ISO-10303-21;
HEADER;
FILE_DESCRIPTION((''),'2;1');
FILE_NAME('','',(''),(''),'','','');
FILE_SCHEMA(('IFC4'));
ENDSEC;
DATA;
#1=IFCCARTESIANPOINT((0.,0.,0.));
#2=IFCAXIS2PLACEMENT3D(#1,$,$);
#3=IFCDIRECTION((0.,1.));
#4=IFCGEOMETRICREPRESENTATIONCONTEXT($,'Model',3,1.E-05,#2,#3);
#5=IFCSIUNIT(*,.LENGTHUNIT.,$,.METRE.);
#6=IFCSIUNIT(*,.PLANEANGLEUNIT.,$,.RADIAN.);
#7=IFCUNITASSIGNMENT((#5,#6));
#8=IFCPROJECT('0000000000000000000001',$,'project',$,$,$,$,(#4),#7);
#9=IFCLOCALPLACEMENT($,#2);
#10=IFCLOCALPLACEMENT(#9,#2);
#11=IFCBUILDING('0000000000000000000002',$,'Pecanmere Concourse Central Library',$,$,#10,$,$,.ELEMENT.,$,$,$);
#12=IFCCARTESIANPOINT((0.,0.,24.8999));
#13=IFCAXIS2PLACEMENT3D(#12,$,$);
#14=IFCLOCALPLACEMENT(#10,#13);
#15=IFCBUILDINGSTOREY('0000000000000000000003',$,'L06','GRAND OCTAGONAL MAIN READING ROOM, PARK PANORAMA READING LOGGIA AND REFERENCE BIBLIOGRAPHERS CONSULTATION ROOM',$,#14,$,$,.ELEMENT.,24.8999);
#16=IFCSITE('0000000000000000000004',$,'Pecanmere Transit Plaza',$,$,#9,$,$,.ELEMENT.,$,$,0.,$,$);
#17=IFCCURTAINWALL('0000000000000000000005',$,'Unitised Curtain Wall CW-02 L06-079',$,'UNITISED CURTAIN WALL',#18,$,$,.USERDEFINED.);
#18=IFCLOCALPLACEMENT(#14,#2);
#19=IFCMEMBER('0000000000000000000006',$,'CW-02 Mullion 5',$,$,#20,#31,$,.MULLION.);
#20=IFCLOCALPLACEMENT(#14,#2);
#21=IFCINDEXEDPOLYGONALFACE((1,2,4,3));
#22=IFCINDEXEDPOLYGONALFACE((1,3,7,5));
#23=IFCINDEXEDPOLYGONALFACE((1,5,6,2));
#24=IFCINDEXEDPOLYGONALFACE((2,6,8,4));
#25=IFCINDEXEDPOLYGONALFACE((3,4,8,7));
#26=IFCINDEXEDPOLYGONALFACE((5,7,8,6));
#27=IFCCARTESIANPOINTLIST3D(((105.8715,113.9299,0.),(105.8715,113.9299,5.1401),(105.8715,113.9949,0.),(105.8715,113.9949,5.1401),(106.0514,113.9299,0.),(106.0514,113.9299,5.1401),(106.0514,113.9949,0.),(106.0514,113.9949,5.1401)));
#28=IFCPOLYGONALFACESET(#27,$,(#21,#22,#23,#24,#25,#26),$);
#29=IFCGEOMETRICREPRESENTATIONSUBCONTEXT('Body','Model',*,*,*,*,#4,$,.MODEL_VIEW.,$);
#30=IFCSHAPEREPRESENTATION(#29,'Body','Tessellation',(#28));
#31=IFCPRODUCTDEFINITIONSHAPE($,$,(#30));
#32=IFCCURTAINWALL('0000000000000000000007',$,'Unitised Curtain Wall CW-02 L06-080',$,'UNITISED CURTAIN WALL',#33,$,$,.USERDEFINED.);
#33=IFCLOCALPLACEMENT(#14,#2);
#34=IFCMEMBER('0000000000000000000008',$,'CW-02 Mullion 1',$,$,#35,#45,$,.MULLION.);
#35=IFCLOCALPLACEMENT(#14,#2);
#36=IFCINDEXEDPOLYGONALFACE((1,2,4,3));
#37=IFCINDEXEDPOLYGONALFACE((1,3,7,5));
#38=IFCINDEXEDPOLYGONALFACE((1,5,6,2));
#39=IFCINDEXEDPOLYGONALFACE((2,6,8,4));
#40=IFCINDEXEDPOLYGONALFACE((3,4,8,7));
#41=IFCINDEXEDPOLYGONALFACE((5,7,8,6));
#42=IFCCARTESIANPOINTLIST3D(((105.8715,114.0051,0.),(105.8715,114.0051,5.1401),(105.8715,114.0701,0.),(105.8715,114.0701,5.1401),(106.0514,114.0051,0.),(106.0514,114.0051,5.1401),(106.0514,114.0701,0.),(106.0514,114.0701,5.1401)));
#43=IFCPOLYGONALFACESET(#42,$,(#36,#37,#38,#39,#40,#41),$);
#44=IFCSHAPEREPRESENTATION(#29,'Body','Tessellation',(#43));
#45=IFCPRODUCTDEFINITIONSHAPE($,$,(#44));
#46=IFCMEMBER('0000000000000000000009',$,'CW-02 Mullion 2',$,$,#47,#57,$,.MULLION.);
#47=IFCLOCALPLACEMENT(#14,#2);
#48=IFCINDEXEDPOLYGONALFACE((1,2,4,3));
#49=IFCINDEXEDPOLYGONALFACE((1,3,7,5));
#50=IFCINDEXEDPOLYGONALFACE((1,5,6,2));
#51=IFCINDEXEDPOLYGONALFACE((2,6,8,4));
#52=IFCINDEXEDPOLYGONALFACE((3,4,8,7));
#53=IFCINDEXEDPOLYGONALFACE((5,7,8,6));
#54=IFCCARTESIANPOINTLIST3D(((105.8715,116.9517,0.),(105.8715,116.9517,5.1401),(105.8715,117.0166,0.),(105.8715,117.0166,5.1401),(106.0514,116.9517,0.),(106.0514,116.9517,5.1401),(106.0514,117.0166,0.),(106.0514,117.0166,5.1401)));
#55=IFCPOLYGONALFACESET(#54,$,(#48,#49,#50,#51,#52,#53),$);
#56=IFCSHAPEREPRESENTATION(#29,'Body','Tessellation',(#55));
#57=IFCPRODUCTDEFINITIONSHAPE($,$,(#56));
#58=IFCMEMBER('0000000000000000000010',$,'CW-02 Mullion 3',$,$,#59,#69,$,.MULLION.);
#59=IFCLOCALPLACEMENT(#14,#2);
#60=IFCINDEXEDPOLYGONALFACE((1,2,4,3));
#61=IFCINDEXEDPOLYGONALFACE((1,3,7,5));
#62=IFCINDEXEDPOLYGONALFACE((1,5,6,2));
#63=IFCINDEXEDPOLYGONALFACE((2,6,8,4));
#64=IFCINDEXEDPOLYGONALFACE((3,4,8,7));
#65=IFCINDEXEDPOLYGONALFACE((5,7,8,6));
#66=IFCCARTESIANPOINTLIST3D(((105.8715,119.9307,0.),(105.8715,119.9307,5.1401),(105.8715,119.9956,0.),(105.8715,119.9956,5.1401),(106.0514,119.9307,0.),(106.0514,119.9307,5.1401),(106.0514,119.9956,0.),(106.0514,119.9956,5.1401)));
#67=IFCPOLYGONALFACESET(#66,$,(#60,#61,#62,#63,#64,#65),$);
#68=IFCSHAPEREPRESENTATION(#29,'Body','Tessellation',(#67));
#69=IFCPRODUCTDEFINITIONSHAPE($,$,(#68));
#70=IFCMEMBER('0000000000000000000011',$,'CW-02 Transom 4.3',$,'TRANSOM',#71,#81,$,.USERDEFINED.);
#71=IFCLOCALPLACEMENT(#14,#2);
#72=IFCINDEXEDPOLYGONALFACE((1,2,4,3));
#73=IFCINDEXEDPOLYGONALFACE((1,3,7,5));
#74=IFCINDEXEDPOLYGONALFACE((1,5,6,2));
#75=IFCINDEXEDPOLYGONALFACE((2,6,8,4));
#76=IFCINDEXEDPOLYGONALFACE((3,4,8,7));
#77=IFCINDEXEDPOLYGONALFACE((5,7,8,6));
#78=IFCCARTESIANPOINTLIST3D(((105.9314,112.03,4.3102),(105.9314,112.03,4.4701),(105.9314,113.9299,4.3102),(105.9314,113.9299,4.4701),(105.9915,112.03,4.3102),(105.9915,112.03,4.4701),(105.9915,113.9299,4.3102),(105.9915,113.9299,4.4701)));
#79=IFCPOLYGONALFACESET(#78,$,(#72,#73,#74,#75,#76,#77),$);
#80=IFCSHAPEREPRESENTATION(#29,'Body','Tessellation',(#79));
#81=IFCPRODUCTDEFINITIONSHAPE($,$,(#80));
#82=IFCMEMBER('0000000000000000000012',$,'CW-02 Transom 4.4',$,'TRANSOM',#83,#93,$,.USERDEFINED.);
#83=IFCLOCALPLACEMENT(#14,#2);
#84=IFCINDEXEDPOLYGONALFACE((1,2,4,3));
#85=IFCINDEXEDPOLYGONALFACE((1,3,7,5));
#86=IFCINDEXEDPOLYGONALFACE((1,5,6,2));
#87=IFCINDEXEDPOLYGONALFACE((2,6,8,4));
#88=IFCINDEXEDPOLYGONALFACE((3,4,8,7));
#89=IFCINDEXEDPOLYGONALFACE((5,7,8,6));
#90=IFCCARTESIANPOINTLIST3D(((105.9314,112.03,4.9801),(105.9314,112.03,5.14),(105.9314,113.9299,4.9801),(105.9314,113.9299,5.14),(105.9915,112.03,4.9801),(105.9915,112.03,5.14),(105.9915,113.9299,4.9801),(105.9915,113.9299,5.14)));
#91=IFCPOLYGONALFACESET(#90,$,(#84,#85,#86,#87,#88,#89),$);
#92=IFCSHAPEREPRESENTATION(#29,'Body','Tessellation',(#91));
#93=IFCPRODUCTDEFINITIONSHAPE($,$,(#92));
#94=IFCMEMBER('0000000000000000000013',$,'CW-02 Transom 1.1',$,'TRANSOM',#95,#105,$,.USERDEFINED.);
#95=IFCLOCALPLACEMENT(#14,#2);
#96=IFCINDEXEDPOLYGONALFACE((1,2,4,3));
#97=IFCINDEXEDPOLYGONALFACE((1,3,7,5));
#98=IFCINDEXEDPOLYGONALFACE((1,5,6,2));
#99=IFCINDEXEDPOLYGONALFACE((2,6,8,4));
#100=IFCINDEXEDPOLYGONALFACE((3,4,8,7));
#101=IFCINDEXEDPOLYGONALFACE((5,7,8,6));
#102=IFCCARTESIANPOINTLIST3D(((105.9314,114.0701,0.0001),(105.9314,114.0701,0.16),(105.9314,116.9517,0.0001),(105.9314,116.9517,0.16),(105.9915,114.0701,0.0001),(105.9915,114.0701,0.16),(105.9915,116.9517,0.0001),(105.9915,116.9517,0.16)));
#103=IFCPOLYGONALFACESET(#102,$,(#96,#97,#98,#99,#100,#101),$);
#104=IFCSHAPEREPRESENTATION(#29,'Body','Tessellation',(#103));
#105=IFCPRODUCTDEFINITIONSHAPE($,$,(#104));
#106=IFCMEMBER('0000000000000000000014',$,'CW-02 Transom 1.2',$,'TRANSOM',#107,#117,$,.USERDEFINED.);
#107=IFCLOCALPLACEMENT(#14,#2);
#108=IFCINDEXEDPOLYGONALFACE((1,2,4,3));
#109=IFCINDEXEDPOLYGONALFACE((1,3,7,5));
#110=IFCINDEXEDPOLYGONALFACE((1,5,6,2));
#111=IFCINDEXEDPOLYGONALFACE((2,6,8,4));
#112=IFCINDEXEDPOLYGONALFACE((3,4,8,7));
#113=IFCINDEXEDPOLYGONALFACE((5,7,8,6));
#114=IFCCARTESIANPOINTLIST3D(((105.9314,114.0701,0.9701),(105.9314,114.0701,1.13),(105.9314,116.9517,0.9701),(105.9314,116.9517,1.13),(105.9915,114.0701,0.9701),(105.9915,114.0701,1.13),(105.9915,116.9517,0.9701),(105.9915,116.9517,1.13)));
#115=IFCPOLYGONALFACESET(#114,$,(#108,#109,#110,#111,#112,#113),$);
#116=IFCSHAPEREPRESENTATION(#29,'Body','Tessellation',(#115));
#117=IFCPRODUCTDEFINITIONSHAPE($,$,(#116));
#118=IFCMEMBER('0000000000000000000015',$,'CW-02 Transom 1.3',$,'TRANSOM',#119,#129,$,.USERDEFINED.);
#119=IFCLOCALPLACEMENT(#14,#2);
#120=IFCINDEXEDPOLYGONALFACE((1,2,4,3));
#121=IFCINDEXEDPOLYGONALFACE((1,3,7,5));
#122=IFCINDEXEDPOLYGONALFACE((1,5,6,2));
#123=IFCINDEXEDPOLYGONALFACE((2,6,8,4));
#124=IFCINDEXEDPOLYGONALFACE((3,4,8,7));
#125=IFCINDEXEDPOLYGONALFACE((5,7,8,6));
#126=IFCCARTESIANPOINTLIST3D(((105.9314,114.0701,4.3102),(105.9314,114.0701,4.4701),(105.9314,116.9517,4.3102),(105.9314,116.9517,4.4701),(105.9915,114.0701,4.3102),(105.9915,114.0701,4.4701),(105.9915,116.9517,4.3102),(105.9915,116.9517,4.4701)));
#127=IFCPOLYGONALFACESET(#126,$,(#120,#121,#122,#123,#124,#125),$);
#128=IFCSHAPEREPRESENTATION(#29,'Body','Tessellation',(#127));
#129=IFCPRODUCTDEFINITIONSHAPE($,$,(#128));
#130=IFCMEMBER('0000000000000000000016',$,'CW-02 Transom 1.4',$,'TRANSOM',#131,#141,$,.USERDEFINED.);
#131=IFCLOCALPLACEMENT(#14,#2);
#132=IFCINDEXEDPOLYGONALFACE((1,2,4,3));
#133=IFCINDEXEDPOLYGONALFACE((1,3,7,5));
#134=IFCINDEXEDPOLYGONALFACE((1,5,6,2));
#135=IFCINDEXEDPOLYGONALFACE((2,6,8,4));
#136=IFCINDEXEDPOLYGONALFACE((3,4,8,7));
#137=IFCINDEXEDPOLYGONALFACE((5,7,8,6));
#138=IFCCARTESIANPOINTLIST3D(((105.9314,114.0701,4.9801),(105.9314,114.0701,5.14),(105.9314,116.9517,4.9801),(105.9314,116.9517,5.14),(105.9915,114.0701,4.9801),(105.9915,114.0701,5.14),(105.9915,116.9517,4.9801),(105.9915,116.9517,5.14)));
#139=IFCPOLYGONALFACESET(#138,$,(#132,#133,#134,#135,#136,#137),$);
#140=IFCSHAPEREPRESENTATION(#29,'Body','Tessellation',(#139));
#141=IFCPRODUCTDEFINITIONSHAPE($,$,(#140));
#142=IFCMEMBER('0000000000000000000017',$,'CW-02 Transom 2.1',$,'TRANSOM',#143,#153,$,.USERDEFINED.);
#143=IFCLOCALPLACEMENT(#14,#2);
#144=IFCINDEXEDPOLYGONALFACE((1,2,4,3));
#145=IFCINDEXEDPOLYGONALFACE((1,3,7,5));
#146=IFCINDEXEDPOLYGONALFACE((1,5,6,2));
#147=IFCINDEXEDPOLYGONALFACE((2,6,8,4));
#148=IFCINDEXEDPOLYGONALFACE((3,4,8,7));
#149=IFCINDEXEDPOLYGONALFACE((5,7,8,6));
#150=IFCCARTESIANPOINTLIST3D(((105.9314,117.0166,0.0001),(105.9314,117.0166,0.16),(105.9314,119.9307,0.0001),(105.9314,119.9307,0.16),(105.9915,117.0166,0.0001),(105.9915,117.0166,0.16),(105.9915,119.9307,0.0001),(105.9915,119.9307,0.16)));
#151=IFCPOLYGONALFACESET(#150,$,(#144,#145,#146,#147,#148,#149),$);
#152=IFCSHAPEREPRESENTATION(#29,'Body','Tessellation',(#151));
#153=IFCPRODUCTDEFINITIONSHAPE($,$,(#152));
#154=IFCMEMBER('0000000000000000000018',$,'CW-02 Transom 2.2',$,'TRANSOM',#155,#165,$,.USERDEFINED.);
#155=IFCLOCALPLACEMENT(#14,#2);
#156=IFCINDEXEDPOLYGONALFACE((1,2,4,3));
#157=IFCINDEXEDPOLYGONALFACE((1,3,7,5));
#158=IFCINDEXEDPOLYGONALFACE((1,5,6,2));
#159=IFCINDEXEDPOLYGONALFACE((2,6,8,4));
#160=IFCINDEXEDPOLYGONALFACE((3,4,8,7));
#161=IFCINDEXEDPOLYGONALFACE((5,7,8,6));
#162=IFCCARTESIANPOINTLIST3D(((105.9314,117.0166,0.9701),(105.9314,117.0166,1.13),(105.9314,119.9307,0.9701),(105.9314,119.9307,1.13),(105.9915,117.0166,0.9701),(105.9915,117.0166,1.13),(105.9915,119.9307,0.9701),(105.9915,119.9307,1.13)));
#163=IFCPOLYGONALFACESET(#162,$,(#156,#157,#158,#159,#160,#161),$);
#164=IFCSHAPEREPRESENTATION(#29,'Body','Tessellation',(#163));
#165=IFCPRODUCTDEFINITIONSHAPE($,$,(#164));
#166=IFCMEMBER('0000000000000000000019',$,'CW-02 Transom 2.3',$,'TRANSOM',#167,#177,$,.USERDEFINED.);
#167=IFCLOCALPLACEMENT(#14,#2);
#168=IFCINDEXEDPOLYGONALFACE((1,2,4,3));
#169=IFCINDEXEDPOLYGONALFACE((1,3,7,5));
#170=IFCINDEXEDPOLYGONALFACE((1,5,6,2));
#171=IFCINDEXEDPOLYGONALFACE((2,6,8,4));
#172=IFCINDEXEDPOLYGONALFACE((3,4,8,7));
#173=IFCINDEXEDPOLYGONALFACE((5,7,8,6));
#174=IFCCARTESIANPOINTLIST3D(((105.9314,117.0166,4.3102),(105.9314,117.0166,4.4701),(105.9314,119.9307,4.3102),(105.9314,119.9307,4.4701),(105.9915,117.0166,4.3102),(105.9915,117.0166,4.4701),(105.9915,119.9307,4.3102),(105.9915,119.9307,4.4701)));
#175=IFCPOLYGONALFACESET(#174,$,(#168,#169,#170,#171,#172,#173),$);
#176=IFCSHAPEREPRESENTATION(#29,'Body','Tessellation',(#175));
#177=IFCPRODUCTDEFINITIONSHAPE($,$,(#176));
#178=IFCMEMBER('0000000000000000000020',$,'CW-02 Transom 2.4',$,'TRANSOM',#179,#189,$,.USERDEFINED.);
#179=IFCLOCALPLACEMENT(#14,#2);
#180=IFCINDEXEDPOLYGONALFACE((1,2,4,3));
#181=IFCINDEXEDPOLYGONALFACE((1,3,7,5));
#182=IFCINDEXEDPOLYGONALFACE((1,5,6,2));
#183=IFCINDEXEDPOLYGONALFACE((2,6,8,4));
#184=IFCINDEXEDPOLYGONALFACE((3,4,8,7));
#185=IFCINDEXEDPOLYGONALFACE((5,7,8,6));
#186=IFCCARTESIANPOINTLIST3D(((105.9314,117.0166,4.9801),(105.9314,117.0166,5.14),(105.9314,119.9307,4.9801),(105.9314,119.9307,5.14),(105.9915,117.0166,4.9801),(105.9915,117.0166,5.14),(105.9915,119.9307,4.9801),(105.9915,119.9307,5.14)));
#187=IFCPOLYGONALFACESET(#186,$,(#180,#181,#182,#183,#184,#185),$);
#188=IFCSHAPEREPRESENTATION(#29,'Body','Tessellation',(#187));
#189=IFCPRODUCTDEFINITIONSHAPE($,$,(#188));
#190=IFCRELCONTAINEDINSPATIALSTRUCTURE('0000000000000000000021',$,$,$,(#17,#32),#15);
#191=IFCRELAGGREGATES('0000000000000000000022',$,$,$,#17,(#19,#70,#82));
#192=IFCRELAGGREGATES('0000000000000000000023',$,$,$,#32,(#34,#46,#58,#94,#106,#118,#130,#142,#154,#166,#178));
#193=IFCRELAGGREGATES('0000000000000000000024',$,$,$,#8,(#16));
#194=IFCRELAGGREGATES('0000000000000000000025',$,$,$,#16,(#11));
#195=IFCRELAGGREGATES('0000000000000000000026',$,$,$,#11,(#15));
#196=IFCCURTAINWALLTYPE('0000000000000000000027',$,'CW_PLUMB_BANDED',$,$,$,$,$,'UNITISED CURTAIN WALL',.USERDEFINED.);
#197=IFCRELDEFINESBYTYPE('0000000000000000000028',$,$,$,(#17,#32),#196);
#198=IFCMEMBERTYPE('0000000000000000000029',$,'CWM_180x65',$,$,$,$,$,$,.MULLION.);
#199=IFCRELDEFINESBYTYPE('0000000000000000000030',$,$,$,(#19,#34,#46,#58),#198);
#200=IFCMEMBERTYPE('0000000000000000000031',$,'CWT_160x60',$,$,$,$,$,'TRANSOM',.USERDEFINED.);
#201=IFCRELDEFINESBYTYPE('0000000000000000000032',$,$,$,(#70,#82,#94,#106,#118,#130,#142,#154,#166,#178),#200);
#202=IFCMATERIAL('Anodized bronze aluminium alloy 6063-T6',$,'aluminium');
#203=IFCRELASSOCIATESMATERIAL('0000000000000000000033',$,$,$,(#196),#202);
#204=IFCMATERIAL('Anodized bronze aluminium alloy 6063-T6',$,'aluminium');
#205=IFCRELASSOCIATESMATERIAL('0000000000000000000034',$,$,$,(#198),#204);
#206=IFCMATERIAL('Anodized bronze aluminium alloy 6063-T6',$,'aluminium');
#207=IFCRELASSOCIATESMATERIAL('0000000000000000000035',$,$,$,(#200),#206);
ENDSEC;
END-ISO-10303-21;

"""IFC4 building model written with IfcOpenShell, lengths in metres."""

from ifc_helpers import new_model, si_unit, direction, frame, origin, origin_2d, place, context, subcontext, project, spatial, rectangle, extrude, material, material_profile, profile_set, type_object, element, aggregate, save


model = new_model("IFC4")

# Units and contexts
model_context = context("Model", 3, precision=1e-05, world=origin(), true_north=direction((0.0, 1.0)))
body_context = subcontext(model_context, "Body", "Model", "MODEL_VIEW")
ifc_project = project(units=[si_unit("LENGTHUNIT", "METRE"), si_unit("PLANEANGLEUNIT", "RADIAN")], contexts=[model_context])

# Site, building, storey
site_placement = place(None, origin())
site = spatial("IfcSite", under=ifc_project, at=site_placement, Name="Pecanmere Transit Plaza", CompositionType="ELEMENT", RefElevation=0.0)
building_placement = place(site_placement, origin())
building = spatial("IfcBuilding", under=site, at=building_placement, Name="Pecanmere Concourse Central Library", CompositionType="ELEMENT")
storey_placement = place(building_placement, frame((0.0, 0.0, 24.8999)))
storey = spatial("IfcBuildingStorey", under=building, at=storey_placement, Name="L06", Description="GRAND OCTAGONAL MAIN READING ROOM, PARK PANORAMA READING LOGGIA AND REFERENCE BIBLIOGRAPHERS CONSULTATION ROOM", CompositionType="ELEMENT", Elevation=24.8999)

# Curtain wall, member
ifc_material_1 = material(Name="Anodized bronze aluminium alloy 6063-T6", Category="aluminium")
curtain_wall_type = type_object("IfcCurtainWallType", Name="CW_PLUMB_BANDED", ElementType="UNITISED CURTAIN WALL", PredefinedType="USERDEFINED", material=ifc_material_1)
curtain_wall_1_placement = place(storey_placement, origin())
curtain_wall_1 = element("IfcCurtainWall", 1, at=curtain_wall_1_placement, inside=storey, type_object=curtain_wall_type, Name="Unitised Curtain Wall CW-02 L06-079", ObjectType="UNITISED CURTAIN WALL", PredefinedType="USERDEFINED")
ifc_material_2 = material(Name="Anodized bronze aluminium alloy 6063-T6", Category="aluminium")
ifc_material_profile_1 = material_profile(ifc_material_2, rectangle(XDim=0.0649, YDim=0.1799, at=origin_2d()), Name="AL 65x180")
ifc_profile_set_1 = profile_set([ifc_material_profile_1], Name="Anodized bronze aluminium alloy 6063-T6")
member_type_1 = type_object("IfcMemberType", Name="CWM_180x65", PredefinedType="MULLION", material=ifc_profile_set_1)
member_1_placement = place(storey_placement, frame((105.9614, 113.9624, 0.0), z_axis=(0.0, 0.0, 1.0), x_axis=(0.0, 1.0, 0.0)))
member_1 = element("IfcMember", 2, at=member_1_placement, type_object=member_type_1, Name="CW-02 Mullion 5", PredefinedType="MULLION", context=body_context, shape_type="SweptSolid", body=[
    extrude(rectangle(XDim=0.0649, YDim=0.1799, at=origin_2d()), origin(), (0.0, 0.0, 1.0), 5.1401),
])

# Curtain wall, members
curtain_wall_2_placement = place(storey_placement, origin())
curtain_wall_2 = element("IfcCurtainWall", 3, at=curtain_wall_2_placement, inside=storey, type_object=curtain_wall_type, Name="Unitised Curtain Wall CW-02 L06-080", ObjectType="UNITISED CURTAIN WALL", PredefinedType="USERDEFINED")
member_2_placement = place(storey_placement, frame((105.9614, 114.0376, 0.0), z_axis=(0.0, 0.0, 1.0), x_axis=(0.0, 1.0, 0.0)))
member_2 = element("IfcMember", 4, at=member_2_placement, type_object=member_type_1, Name="CW-02 Mullion 1", PredefinedType="MULLION", context=body_context, shape_type="SweptSolid", body=[
    extrude(rectangle(XDim=0.0649, YDim=0.1799, at=origin_2d()), origin(), (0.0, 0.0, 1.0), 5.1401),
])
member_3_placement = place(storey_placement, frame((105.9614, 116.9841, 0.0), z_axis=(0.0, 0.0, 1.0), x_axis=(0.0, 1.0, 0.0)))
member_3 = element("IfcMember", 5, at=member_3_placement, type_object=member_type_1, Name="CW-02 Mullion 2", PredefinedType="MULLION", context=body_context, shape_type="SweptSolid", body=[
    extrude(rectangle(XDim=0.0649, YDim=0.1799, at=origin_2d()), origin(), (0.0, 0.0, 1.0), 5.1401),
])
member_4_placement = place(storey_placement, frame((105.9614, 119.9631, 0.0), z_axis=(0.0, 0.0, 1.0), x_axis=(0.0, 1.0, 0.0)))
member_4 = element("IfcMember", 6, at=member_4_placement, type_object=member_type_1, Name="CW-02 Mullion 3", PredefinedType="MULLION", context=body_context, shape_type="SweptSolid", body=[
    extrude(rectangle(XDim=0.0649, YDim=0.1799, at=origin_2d()), origin(), (0.0, 0.0, 1.0), 5.1401),
])

# Members
ifc_material_3 = material(Name="Anodized bronze aluminium alloy 6063-T6", Category="aluminium")
ifc_material_profile_2 = material_profile(ifc_material_3, rectangle(XDim=0.0601, YDim=0.1599, at=origin_2d()), Name="AL 60x160")
ifc_profile_set_2 = profile_set([ifc_material_profile_2], Name="Anodized bronze aluminium alloy 6063-T6")
member_type_2 = type_object("IfcMemberType", Name="CWT_160x60", ElementType="TRANSOM", PredefinedType="USERDEFINED", material=ifc_profile_set_2)
member_5_placement = place(storey_placement, frame((105.9614, 112.03, 4.3901), z_axis=(0.0, 1.0, 0.0), x_axis=(-1.0, 0.0, 0.0)))
member_5 = element("IfcMember", 7, at=member_5_placement, type_object=member_type_2, Name="CW-02 Transom 4.3", ObjectType="TRANSOM", PredefinedType="USERDEFINED", context=body_context, shape_type="SweptSolid", body=[
    extrude(rectangle(XDim=0.0601, YDim=0.1599, at=origin_2d()), origin(), (0.0, 0.0, 1.0), 1.8999),
])
member_6_placement = place(storey_placement, frame((105.9614, 112.03, 5.0601), z_axis=(0.0, 1.0, 0.0), x_axis=(-1.0, 0.0, 0.0)))
member_6 = element("IfcMember", 8, at=member_6_placement, type_object=member_type_2, Name="CW-02 Transom 4.4", ObjectType="TRANSOM", PredefinedType="USERDEFINED", context=body_context, shape_type="SweptSolid", body=[
    extrude(rectangle(XDim=0.0601, YDim=0.1599, at=origin_2d()), origin(), (0.0, 0.0, 1.0), 1.8999),
])
member_7_placement = place(storey_placement, frame((105.9614, 114.0701, 0.0801), z_axis=(0.0, 1.0, 0.0), x_axis=(-1.0, 0.0, 0.0)))
member_7 = element("IfcMember", 9, at=member_7_placement, type_object=member_type_2, Name="CW-02 Transom 1.1", ObjectType="TRANSOM", PredefinedType="USERDEFINED", context=body_context, shape_type="SweptSolid", body=[
    extrude(rectangle(XDim=0.0601, YDim=0.1599, at=origin_2d()), origin(), (0.0, 0.0, 1.0), 2.8816),
])
member_8_placement = place(storey_placement, frame((105.9614, 114.0701, 1.05), z_axis=(0.0, 1.0, 0.0), x_axis=(-1.0, 0.0, 0.0)))
member_8 = element("IfcMember", 10, at=member_8_placement, type_object=member_type_2, Name="CW-02 Transom 1.2", ObjectType="TRANSOM", PredefinedType="USERDEFINED", context=body_context, shape_type="SweptSolid", body=[
    extrude(rectangle(XDim=0.0601, YDim=0.1599, at=origin_2d()), origin(), (0.0, 0.0, 1.0), 2.8816),
])
member_9_placement = place(storey_placement, frame((105.9614, 114.0701, 4.3901), z_axis=(0.0, 1.0, 0.0), x_axis=(-1.0, 0.0, 0.0)))
member_9 = element("IfcMember", 11, at=member_9_placement, type_object=member_type_2, Name="CW-02 Transom 1.3", ObjectType="TRANSOM", PredefinedType="USERDEFINED", context=body_context, shape_type="SweptSolid", body=[
    extrude(rectangle(XDim=0.0601, YDim=0.1599, at=origin_2d()), origin(), (0.0, 0.0, 1.0), 2.8816),
])
member_10_placement = place(storey_placement, frame((105.9614, 114.0701, 5.0601), z_axis=(0.0, 1.0, 0.0), x_axis=(-1.0, 0.0, 0.0)))
member_10 = element("IfcMember", 12, at=member_10_placement, type_object=member_type_2, Name="CW-02 Transom 1.4", ObjectType="TRANSOM", PredefinedType="USERDEFINED", context=body_context, shape_type="SweptSolid", body=[
    extrude(rectangle(XDim=0.0601, YDim=0.1599, at=origin_2d()), origin(), (0.0, 0.0, 1.0), 2.8816),
])
member_11_placement = place(storey_placement, frame((105.9614, 117.0166, 0.0801), z_axis=(0.0, 1.0, 0.0), x_axis=(-1.0, 0.0, 0.0)))
member_11 = element("IfcMember", 13, at=member_11_placement, type_object=member_type_2, Name="CW-02 Transom 2.1", ObjectType="TRANSOM", PredefinedType="USERDEFINED", context=body_context, shape_type="SweptSolid", body=[
    extrude(rectangle(XDim=0.0601, YDim=0.1599, at=origin_2d()), origin(), (0.0, 0.0, 1.0), 2.9141),
])
member_12_placement = place(storey_placement, frame((105.9614, 117.0166, 1.05), z_axis=(0.0, 1.0, 0.0), x_axis=(-1.0, 0.0, 0.0)))
member_12 = element("IfcMember", 14, at=member_12_placement, type_object=member_type_2, Name="CW-02 Transom 2.2", ObjectType="TRANSOM", PredefinedType="USERDEFINED", context=body_context, shape_type="SweptSolid", body=[
    extrude(rectangle(XDim=0.0601, YDim=0.1599, at=origin_2d()), origin(), (0.0, 0.0, 1.0), 2.9141),
])
member_13_placement = place(storey_placement, frame((105.9614, 117.0166, 4.3901), z_axis=(0.0, 1.0, 0.0), x_axis=(-1.0, 0.0, 0.0)))
member_13 = element("IfcMember", 15, at=member_13_placement, type_object=member_type_2, Name="CW-02 Transom 2.3", ObjectType="TRANSOM", PredefinedType="USERDEFINED", context=body_context, shape_type="SweptSolid", body=[
    extrude(rectangle(XDim=0.0601, YDim=0.1599, at=origin_2d()), origin(), (0.0, 0.0, 1.0), 2.9141),
])
member_14_placement = place(storey_placement, frame((105.9614, 117.0166, 5.0601), z_axis=(0.0, 1.0, 0.0), x_axis=(-1.0, 0.0, 0.0)))
member_14 = element("IfcMember", 16, at=member_14_placement, type_object=member_type_2, Name="CW-02 Transom 2.4", ObjectType="TRANSOM", PredefinedType="USERDEFINED", context=body_context, shape_type="SweptSolid", body=[
    extrude(rectangle(XDim=0.0601, YDim=0.1599, at=origin_2d()), origin(), (0.0, 0.0, 1.0), 2.9141),
])

aggregate(curtain_wall_1, [member_1, member_5, member_6])
aggregate(curtain_wall_2, [member_2, member_3, member_4, member_7, member_8, member_9, member_10, member_11, member_12, member_13, member_14])

save(model, "model.ifc")
